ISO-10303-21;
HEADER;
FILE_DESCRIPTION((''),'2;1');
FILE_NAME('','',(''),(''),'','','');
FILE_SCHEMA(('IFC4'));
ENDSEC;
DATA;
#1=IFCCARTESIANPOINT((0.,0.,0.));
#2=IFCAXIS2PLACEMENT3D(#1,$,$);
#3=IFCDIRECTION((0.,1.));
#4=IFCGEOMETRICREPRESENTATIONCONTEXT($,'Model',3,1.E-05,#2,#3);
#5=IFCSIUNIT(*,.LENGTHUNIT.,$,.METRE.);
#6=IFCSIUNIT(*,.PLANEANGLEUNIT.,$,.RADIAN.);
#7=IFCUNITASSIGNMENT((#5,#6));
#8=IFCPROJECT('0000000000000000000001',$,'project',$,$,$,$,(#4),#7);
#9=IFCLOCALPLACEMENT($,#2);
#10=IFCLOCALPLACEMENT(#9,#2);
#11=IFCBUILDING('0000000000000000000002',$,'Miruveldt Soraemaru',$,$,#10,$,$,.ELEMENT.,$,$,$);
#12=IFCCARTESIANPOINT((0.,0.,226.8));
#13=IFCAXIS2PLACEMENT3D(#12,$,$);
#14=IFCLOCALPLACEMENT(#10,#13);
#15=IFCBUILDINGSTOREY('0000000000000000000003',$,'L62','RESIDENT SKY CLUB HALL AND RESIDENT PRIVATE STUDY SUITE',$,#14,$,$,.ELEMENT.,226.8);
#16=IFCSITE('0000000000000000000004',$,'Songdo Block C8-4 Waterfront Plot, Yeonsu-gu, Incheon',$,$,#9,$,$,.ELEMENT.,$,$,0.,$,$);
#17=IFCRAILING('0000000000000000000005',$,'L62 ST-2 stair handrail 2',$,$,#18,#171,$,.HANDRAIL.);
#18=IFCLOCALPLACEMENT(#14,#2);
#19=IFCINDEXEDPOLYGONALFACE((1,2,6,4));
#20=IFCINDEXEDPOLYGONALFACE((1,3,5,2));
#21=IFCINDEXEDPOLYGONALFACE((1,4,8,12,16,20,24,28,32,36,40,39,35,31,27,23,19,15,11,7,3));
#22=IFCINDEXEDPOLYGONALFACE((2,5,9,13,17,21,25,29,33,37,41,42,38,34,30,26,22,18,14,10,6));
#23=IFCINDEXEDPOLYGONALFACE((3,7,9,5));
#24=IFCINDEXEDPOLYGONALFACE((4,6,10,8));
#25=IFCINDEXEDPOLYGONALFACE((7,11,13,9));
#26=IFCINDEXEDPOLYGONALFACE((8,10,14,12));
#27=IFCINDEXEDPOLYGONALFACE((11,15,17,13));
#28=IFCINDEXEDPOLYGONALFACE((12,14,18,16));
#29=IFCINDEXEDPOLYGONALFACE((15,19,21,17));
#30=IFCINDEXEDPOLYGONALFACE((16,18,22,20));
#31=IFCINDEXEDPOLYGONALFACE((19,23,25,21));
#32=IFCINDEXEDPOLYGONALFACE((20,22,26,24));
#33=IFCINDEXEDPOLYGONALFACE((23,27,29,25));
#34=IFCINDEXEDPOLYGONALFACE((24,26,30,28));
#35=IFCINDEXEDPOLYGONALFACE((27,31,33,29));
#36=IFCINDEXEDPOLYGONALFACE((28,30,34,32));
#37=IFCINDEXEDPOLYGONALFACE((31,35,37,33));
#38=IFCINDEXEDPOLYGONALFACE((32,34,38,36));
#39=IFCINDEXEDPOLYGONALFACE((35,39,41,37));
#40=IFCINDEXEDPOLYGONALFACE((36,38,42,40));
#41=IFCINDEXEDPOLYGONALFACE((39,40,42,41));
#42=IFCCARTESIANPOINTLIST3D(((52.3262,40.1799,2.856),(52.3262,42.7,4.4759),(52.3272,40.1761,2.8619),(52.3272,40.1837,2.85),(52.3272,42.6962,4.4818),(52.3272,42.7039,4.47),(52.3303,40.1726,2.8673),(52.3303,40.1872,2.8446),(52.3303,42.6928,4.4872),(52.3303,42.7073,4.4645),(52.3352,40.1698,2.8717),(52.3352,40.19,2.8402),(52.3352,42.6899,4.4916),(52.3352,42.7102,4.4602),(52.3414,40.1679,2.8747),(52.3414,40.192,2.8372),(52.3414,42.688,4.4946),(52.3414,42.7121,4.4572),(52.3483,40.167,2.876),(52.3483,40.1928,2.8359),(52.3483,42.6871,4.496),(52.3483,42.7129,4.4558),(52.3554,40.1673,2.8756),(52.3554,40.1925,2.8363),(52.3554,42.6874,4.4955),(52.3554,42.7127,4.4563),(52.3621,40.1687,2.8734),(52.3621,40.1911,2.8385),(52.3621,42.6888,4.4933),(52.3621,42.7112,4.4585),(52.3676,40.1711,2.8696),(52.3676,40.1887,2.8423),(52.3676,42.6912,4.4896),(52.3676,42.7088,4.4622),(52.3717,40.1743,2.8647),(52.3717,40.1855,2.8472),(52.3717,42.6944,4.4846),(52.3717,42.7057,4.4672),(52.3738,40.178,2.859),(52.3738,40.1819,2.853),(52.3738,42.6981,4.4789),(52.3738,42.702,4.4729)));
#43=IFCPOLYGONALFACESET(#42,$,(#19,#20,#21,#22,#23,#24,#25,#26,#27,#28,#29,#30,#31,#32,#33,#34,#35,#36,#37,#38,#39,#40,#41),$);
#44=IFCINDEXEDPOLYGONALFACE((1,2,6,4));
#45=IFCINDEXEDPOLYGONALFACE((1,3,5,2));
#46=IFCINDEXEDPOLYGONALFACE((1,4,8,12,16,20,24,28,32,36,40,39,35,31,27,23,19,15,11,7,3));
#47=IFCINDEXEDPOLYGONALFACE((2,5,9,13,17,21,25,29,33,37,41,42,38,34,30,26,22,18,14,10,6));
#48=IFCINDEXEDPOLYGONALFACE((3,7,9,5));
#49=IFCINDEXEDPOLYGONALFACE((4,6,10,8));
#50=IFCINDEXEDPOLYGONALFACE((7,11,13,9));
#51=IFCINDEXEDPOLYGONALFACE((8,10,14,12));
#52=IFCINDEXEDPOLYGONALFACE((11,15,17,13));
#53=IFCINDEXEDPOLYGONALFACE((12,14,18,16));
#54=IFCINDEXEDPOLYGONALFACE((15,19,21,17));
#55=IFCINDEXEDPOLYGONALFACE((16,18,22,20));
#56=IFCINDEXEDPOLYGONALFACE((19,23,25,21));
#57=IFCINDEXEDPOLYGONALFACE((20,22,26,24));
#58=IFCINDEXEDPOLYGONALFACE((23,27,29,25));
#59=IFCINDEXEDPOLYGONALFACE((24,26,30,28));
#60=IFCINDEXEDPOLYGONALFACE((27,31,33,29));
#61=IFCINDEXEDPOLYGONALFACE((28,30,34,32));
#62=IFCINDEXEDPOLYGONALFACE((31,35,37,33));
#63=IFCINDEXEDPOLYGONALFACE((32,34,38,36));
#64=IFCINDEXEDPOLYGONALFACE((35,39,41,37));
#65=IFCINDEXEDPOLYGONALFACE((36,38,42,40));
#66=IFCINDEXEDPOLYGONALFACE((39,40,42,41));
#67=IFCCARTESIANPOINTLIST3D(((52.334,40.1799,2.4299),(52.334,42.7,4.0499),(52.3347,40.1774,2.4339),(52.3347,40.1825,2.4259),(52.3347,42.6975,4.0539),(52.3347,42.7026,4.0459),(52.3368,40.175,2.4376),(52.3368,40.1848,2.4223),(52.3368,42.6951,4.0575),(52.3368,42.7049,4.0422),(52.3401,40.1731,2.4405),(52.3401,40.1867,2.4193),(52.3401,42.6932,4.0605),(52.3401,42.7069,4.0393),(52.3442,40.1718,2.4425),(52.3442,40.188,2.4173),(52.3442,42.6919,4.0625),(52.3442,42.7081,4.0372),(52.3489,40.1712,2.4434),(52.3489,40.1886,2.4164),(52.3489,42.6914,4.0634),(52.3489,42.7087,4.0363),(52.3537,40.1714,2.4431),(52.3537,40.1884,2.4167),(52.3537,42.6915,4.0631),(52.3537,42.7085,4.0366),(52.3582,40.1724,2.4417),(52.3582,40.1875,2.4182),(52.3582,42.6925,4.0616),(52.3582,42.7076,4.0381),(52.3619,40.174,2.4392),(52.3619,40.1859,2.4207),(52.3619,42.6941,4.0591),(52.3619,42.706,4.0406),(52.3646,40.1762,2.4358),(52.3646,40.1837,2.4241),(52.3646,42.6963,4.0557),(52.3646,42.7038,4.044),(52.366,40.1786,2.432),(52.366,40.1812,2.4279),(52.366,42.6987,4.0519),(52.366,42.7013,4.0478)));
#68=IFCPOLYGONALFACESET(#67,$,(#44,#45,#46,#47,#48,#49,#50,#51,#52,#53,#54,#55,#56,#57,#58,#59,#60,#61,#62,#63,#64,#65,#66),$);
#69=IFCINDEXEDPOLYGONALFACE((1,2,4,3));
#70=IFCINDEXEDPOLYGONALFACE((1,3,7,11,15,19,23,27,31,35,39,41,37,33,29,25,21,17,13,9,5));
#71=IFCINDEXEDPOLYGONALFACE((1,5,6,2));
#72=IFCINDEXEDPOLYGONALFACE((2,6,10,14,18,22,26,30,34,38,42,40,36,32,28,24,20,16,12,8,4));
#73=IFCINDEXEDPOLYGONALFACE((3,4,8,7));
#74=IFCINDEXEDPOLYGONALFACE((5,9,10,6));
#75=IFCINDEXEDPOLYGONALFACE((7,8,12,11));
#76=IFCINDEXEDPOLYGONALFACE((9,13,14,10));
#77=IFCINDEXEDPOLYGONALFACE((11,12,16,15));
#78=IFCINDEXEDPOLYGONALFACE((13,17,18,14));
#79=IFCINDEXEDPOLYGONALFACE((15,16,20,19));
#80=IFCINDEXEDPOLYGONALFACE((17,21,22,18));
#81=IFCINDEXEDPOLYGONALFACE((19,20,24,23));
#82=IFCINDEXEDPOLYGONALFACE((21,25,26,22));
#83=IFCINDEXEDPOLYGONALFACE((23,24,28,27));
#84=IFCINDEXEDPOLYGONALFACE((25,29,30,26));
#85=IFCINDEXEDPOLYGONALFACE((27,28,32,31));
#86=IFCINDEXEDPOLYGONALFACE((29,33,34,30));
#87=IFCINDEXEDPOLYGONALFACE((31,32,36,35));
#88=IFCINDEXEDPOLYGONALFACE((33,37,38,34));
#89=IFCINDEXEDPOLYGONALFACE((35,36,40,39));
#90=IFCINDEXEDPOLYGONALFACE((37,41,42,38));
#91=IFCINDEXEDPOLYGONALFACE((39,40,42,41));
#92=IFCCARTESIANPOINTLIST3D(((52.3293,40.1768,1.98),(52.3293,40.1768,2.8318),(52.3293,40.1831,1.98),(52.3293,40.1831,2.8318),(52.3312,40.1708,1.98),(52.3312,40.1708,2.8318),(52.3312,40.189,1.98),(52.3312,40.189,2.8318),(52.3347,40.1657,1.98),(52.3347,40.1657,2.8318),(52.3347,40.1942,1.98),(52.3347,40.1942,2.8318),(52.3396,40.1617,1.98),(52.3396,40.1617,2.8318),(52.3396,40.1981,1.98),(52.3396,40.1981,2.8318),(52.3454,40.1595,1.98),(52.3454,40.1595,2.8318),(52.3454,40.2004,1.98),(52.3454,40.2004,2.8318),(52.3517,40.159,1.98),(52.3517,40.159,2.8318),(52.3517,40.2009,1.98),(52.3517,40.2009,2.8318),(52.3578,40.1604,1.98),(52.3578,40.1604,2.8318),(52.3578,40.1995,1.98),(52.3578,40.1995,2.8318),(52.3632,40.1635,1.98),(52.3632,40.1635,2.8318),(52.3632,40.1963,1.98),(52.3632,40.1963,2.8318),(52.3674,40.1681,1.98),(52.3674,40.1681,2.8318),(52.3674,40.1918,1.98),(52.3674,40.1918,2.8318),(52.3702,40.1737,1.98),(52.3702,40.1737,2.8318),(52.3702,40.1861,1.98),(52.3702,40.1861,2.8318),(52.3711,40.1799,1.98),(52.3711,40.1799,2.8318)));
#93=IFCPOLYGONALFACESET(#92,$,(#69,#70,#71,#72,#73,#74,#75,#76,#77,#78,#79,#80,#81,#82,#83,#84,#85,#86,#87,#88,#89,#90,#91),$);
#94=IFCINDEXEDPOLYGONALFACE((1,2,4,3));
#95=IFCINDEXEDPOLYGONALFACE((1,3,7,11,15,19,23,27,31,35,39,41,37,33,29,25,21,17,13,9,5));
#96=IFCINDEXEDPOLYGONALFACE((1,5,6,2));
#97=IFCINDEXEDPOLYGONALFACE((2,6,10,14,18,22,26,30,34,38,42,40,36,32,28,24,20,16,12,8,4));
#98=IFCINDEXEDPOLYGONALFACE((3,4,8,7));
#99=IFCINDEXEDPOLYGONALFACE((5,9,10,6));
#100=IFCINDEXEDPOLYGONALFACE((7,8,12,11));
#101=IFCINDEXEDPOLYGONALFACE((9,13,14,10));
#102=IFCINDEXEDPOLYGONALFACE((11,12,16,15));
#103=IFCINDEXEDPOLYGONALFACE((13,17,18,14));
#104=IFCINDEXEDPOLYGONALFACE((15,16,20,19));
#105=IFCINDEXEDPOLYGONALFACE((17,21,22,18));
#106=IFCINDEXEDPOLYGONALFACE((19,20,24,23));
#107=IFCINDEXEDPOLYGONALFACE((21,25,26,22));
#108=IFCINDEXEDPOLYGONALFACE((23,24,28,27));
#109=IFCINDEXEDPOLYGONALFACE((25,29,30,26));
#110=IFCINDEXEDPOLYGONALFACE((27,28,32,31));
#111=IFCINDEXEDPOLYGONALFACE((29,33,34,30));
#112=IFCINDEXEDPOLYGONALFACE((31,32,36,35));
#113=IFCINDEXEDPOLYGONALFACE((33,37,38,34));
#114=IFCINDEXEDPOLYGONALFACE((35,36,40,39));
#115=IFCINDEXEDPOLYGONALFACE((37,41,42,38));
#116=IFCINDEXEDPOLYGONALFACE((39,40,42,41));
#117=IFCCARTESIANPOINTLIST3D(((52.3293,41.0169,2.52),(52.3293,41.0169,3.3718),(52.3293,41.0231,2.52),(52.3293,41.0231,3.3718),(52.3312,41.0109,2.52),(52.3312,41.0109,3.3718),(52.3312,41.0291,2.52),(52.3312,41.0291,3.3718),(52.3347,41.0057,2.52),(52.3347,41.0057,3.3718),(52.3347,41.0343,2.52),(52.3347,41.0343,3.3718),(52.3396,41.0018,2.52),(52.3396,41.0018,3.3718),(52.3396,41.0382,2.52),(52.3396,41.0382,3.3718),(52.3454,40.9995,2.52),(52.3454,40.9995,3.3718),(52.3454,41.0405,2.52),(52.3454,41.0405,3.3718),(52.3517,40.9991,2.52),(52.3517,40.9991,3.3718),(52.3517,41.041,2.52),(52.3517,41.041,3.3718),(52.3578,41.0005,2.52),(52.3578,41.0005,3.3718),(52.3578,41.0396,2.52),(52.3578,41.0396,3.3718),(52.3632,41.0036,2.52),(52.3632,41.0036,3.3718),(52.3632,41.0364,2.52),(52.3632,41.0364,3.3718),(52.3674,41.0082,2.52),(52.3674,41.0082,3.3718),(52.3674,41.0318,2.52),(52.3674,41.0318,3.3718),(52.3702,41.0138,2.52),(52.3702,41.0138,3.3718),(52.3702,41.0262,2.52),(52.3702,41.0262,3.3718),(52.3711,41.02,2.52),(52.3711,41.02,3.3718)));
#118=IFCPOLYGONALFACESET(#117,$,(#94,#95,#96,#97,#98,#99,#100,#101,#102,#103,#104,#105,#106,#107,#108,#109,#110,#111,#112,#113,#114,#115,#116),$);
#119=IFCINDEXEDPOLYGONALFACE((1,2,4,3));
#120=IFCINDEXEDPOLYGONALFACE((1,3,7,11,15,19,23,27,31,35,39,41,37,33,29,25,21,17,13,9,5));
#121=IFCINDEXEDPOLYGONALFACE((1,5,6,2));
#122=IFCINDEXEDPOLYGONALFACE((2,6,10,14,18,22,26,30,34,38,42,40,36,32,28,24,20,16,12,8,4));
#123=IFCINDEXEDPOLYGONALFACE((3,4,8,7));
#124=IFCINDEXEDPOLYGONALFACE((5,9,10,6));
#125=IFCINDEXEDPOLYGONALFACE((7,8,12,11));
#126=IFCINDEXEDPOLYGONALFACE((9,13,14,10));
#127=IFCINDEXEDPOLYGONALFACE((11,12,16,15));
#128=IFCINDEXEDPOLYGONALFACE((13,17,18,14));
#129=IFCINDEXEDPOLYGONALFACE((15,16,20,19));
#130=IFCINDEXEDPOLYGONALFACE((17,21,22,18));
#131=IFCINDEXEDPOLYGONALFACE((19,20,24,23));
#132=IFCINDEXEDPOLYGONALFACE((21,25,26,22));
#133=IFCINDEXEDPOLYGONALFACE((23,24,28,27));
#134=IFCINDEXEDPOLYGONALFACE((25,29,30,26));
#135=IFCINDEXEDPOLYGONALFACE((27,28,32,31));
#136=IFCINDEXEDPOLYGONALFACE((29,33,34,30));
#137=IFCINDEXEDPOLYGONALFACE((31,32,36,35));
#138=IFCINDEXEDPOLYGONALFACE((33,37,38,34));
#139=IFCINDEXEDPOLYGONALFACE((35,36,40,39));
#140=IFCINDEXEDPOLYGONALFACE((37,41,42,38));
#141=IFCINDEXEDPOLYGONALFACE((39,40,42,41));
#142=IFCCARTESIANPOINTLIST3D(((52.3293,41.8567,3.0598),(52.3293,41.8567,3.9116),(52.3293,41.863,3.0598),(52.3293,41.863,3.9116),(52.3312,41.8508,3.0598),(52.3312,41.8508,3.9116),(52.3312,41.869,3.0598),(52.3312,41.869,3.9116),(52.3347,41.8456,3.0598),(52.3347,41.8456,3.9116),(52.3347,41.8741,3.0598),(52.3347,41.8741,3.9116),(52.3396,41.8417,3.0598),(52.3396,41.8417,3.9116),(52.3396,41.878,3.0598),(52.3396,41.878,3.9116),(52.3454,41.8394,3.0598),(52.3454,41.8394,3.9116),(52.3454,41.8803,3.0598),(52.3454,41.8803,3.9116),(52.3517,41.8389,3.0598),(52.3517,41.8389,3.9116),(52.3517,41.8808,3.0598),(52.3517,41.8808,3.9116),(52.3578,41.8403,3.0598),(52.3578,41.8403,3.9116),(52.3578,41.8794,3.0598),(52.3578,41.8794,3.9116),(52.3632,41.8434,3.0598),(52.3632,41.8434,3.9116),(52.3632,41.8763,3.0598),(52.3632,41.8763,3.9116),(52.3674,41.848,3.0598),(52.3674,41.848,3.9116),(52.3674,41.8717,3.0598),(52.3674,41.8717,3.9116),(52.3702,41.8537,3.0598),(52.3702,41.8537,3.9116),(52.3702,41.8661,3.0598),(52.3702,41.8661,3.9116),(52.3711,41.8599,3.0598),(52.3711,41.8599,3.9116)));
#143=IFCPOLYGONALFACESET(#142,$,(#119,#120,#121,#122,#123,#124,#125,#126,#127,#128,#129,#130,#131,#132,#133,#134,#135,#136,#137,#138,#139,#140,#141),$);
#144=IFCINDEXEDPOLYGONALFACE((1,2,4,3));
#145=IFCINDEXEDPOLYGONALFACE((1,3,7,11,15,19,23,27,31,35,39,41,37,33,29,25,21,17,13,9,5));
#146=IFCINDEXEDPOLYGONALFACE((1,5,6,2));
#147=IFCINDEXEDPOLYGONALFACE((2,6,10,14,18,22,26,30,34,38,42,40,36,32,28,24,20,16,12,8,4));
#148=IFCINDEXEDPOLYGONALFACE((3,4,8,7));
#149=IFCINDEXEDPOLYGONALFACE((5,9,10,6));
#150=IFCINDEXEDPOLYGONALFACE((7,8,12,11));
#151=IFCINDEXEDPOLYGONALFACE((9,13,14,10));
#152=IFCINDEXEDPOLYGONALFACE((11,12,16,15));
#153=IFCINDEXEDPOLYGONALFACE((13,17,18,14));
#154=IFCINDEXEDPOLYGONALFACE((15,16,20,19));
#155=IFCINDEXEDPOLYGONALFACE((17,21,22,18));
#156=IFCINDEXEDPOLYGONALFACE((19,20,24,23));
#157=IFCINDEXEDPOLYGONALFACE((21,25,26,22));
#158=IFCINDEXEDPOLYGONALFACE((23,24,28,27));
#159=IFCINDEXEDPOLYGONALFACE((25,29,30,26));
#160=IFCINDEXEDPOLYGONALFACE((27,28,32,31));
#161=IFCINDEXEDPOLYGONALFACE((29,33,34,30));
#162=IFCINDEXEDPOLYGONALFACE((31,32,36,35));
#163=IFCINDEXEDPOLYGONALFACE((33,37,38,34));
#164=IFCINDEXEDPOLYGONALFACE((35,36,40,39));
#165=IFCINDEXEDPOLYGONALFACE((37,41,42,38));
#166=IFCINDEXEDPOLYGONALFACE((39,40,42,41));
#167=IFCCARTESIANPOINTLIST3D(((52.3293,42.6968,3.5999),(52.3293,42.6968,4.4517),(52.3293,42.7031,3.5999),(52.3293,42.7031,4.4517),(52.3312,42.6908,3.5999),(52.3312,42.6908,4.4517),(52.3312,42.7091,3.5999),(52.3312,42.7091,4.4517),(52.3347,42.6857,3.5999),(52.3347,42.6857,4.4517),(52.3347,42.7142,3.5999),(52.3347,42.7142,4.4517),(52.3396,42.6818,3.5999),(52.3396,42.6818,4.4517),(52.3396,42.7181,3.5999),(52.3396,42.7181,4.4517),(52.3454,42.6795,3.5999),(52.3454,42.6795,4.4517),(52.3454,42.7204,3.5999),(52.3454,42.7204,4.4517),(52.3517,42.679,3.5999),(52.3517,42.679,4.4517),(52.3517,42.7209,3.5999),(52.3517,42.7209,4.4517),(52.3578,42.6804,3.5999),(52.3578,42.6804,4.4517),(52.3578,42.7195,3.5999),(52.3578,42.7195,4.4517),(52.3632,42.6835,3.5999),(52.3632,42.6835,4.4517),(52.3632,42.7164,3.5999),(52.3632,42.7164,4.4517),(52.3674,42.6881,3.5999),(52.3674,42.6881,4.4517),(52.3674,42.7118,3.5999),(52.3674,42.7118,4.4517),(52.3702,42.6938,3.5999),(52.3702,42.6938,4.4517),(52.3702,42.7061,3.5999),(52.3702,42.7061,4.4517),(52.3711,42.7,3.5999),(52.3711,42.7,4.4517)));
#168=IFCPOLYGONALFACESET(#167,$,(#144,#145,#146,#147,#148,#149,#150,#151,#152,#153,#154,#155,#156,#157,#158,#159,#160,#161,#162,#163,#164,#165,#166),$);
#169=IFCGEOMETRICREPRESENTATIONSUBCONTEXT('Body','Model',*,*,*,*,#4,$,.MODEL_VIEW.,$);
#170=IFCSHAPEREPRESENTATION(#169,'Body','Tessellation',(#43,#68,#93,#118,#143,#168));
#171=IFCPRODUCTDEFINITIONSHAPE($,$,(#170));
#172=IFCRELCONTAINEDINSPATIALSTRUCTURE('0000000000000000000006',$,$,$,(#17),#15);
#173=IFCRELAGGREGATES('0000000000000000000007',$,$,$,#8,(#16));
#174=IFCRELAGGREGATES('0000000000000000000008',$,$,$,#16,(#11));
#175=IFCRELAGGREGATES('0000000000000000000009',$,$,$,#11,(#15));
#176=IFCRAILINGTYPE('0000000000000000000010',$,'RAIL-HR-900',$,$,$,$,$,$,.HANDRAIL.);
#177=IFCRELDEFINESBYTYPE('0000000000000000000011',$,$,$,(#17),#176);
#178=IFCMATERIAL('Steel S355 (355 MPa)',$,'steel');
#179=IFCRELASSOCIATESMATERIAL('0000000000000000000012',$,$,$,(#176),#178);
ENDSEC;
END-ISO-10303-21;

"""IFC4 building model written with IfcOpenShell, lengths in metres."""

from ifc_helpers import new_model, si_unit, direction, frame, origin, origin_2d, place, context, subcontext, project, spatial, circle, extrude, material, type_object, element, save


model = new_model("IFC4")

# Units and contexts
model_context = context("Model", 3, precision=1e-05, world=origin(), true_north=direction((0.0, 1.0)))
body_context = subcontext(model_context, "Body", "Model", "MODEL_VIEW")
ifc_project = project(units=[si_unit("LENGTHUNIT", "METRE"), si_unit("PLANEANGLEUNIT", "RADIAN")], contexts=[model_context])

# Site, building, storey
site_placement = place(None, origin())
site = spatial("IfcSite", under=ifc_project, at=site_placement, Name="Songdo Block C8-4 Waterfront Plot, Yeonsu-gu, Incheon", CompositionType="ELEMENT", RefElevation=0.0)
building_placement = place(site_placement, origin())
building = spatial("IfcBuilding", under=site, at=building_placement, Name="Miruveldt Soraemaru", CompositionType="ELEMENT")
storey_placement = place(building_placement, frame((0.0, 0.0, 226.8)))
storey = spatial("IfcBuildingStorey", under=building, at=storey_placement, Name="L62", Description="RESIDENT SKY CLUB HALL AND RESIDENT PRIVATE STUDY SUITE", CompositionType="ELEMENT", Elevation=226.8)

# Railing
ifc_material_1 = material(Name="Steel S355 (355 MPa)", Category="steel")
railing_type_1 = type_object("IfcRailingType", Name="RAIL-HR-900", PredefinedType="HANDRAIL", material=ifc_material_1)
railing_1_placement = place(storey_placement, frame((52.3501, 40.1799, 1.98)))
element("IfcRailing", 1, at=railing_1_placement, inside=storey, type_object=railing_type_1, Name="L62 ST-2 stair handrail 2", PredefinedType="HANDRAIL", context=body_context, shape_type="SweptSolid", body=[
    extrude(circle(Radius=0.0239, at=origin_2d()), frame((0.0, 0.0, 0.876), z_axis=(0.0, 0.8412, 0.540725), x_axis=(-1.0, 0.0, 0.0)), (0.0, 0.0, 1.0), 2.9958),
    extrude(circle(Radius=0.0161, at=origin_2d()), frame((0.0, 0.0, 0.45), z_axis=(0.0, 0.8412, 0.540725), x_axis=(-1.0, 0.0, 0.0)), (0.0, 0.0, 1.0), 2.9958),
    extrude(circle(Radius=0.021, at=origin_2d()), origin(), (0.0, 0.0, 1.0), 0.8518),
    extrude(circle(Radius=0.021, at=origin_2d()), frame((0.0, 0.8401, 0.54)), (0.0, 0.0, 1.0), 0.8518),
    extrude(circle(Radius=0.021, at=origin_2d()), frame((0.0, 1.6799, 1.0798)), (0.0, 0.0, 1.0), 0.8518),
    extrude(circle(Radius=0.021, at=origin_2d()), frame((0.0, 2.52, 1.6199)), (0.0, 0.0, 1.0), 0.8518),
])

save(model, "model.ifc")
